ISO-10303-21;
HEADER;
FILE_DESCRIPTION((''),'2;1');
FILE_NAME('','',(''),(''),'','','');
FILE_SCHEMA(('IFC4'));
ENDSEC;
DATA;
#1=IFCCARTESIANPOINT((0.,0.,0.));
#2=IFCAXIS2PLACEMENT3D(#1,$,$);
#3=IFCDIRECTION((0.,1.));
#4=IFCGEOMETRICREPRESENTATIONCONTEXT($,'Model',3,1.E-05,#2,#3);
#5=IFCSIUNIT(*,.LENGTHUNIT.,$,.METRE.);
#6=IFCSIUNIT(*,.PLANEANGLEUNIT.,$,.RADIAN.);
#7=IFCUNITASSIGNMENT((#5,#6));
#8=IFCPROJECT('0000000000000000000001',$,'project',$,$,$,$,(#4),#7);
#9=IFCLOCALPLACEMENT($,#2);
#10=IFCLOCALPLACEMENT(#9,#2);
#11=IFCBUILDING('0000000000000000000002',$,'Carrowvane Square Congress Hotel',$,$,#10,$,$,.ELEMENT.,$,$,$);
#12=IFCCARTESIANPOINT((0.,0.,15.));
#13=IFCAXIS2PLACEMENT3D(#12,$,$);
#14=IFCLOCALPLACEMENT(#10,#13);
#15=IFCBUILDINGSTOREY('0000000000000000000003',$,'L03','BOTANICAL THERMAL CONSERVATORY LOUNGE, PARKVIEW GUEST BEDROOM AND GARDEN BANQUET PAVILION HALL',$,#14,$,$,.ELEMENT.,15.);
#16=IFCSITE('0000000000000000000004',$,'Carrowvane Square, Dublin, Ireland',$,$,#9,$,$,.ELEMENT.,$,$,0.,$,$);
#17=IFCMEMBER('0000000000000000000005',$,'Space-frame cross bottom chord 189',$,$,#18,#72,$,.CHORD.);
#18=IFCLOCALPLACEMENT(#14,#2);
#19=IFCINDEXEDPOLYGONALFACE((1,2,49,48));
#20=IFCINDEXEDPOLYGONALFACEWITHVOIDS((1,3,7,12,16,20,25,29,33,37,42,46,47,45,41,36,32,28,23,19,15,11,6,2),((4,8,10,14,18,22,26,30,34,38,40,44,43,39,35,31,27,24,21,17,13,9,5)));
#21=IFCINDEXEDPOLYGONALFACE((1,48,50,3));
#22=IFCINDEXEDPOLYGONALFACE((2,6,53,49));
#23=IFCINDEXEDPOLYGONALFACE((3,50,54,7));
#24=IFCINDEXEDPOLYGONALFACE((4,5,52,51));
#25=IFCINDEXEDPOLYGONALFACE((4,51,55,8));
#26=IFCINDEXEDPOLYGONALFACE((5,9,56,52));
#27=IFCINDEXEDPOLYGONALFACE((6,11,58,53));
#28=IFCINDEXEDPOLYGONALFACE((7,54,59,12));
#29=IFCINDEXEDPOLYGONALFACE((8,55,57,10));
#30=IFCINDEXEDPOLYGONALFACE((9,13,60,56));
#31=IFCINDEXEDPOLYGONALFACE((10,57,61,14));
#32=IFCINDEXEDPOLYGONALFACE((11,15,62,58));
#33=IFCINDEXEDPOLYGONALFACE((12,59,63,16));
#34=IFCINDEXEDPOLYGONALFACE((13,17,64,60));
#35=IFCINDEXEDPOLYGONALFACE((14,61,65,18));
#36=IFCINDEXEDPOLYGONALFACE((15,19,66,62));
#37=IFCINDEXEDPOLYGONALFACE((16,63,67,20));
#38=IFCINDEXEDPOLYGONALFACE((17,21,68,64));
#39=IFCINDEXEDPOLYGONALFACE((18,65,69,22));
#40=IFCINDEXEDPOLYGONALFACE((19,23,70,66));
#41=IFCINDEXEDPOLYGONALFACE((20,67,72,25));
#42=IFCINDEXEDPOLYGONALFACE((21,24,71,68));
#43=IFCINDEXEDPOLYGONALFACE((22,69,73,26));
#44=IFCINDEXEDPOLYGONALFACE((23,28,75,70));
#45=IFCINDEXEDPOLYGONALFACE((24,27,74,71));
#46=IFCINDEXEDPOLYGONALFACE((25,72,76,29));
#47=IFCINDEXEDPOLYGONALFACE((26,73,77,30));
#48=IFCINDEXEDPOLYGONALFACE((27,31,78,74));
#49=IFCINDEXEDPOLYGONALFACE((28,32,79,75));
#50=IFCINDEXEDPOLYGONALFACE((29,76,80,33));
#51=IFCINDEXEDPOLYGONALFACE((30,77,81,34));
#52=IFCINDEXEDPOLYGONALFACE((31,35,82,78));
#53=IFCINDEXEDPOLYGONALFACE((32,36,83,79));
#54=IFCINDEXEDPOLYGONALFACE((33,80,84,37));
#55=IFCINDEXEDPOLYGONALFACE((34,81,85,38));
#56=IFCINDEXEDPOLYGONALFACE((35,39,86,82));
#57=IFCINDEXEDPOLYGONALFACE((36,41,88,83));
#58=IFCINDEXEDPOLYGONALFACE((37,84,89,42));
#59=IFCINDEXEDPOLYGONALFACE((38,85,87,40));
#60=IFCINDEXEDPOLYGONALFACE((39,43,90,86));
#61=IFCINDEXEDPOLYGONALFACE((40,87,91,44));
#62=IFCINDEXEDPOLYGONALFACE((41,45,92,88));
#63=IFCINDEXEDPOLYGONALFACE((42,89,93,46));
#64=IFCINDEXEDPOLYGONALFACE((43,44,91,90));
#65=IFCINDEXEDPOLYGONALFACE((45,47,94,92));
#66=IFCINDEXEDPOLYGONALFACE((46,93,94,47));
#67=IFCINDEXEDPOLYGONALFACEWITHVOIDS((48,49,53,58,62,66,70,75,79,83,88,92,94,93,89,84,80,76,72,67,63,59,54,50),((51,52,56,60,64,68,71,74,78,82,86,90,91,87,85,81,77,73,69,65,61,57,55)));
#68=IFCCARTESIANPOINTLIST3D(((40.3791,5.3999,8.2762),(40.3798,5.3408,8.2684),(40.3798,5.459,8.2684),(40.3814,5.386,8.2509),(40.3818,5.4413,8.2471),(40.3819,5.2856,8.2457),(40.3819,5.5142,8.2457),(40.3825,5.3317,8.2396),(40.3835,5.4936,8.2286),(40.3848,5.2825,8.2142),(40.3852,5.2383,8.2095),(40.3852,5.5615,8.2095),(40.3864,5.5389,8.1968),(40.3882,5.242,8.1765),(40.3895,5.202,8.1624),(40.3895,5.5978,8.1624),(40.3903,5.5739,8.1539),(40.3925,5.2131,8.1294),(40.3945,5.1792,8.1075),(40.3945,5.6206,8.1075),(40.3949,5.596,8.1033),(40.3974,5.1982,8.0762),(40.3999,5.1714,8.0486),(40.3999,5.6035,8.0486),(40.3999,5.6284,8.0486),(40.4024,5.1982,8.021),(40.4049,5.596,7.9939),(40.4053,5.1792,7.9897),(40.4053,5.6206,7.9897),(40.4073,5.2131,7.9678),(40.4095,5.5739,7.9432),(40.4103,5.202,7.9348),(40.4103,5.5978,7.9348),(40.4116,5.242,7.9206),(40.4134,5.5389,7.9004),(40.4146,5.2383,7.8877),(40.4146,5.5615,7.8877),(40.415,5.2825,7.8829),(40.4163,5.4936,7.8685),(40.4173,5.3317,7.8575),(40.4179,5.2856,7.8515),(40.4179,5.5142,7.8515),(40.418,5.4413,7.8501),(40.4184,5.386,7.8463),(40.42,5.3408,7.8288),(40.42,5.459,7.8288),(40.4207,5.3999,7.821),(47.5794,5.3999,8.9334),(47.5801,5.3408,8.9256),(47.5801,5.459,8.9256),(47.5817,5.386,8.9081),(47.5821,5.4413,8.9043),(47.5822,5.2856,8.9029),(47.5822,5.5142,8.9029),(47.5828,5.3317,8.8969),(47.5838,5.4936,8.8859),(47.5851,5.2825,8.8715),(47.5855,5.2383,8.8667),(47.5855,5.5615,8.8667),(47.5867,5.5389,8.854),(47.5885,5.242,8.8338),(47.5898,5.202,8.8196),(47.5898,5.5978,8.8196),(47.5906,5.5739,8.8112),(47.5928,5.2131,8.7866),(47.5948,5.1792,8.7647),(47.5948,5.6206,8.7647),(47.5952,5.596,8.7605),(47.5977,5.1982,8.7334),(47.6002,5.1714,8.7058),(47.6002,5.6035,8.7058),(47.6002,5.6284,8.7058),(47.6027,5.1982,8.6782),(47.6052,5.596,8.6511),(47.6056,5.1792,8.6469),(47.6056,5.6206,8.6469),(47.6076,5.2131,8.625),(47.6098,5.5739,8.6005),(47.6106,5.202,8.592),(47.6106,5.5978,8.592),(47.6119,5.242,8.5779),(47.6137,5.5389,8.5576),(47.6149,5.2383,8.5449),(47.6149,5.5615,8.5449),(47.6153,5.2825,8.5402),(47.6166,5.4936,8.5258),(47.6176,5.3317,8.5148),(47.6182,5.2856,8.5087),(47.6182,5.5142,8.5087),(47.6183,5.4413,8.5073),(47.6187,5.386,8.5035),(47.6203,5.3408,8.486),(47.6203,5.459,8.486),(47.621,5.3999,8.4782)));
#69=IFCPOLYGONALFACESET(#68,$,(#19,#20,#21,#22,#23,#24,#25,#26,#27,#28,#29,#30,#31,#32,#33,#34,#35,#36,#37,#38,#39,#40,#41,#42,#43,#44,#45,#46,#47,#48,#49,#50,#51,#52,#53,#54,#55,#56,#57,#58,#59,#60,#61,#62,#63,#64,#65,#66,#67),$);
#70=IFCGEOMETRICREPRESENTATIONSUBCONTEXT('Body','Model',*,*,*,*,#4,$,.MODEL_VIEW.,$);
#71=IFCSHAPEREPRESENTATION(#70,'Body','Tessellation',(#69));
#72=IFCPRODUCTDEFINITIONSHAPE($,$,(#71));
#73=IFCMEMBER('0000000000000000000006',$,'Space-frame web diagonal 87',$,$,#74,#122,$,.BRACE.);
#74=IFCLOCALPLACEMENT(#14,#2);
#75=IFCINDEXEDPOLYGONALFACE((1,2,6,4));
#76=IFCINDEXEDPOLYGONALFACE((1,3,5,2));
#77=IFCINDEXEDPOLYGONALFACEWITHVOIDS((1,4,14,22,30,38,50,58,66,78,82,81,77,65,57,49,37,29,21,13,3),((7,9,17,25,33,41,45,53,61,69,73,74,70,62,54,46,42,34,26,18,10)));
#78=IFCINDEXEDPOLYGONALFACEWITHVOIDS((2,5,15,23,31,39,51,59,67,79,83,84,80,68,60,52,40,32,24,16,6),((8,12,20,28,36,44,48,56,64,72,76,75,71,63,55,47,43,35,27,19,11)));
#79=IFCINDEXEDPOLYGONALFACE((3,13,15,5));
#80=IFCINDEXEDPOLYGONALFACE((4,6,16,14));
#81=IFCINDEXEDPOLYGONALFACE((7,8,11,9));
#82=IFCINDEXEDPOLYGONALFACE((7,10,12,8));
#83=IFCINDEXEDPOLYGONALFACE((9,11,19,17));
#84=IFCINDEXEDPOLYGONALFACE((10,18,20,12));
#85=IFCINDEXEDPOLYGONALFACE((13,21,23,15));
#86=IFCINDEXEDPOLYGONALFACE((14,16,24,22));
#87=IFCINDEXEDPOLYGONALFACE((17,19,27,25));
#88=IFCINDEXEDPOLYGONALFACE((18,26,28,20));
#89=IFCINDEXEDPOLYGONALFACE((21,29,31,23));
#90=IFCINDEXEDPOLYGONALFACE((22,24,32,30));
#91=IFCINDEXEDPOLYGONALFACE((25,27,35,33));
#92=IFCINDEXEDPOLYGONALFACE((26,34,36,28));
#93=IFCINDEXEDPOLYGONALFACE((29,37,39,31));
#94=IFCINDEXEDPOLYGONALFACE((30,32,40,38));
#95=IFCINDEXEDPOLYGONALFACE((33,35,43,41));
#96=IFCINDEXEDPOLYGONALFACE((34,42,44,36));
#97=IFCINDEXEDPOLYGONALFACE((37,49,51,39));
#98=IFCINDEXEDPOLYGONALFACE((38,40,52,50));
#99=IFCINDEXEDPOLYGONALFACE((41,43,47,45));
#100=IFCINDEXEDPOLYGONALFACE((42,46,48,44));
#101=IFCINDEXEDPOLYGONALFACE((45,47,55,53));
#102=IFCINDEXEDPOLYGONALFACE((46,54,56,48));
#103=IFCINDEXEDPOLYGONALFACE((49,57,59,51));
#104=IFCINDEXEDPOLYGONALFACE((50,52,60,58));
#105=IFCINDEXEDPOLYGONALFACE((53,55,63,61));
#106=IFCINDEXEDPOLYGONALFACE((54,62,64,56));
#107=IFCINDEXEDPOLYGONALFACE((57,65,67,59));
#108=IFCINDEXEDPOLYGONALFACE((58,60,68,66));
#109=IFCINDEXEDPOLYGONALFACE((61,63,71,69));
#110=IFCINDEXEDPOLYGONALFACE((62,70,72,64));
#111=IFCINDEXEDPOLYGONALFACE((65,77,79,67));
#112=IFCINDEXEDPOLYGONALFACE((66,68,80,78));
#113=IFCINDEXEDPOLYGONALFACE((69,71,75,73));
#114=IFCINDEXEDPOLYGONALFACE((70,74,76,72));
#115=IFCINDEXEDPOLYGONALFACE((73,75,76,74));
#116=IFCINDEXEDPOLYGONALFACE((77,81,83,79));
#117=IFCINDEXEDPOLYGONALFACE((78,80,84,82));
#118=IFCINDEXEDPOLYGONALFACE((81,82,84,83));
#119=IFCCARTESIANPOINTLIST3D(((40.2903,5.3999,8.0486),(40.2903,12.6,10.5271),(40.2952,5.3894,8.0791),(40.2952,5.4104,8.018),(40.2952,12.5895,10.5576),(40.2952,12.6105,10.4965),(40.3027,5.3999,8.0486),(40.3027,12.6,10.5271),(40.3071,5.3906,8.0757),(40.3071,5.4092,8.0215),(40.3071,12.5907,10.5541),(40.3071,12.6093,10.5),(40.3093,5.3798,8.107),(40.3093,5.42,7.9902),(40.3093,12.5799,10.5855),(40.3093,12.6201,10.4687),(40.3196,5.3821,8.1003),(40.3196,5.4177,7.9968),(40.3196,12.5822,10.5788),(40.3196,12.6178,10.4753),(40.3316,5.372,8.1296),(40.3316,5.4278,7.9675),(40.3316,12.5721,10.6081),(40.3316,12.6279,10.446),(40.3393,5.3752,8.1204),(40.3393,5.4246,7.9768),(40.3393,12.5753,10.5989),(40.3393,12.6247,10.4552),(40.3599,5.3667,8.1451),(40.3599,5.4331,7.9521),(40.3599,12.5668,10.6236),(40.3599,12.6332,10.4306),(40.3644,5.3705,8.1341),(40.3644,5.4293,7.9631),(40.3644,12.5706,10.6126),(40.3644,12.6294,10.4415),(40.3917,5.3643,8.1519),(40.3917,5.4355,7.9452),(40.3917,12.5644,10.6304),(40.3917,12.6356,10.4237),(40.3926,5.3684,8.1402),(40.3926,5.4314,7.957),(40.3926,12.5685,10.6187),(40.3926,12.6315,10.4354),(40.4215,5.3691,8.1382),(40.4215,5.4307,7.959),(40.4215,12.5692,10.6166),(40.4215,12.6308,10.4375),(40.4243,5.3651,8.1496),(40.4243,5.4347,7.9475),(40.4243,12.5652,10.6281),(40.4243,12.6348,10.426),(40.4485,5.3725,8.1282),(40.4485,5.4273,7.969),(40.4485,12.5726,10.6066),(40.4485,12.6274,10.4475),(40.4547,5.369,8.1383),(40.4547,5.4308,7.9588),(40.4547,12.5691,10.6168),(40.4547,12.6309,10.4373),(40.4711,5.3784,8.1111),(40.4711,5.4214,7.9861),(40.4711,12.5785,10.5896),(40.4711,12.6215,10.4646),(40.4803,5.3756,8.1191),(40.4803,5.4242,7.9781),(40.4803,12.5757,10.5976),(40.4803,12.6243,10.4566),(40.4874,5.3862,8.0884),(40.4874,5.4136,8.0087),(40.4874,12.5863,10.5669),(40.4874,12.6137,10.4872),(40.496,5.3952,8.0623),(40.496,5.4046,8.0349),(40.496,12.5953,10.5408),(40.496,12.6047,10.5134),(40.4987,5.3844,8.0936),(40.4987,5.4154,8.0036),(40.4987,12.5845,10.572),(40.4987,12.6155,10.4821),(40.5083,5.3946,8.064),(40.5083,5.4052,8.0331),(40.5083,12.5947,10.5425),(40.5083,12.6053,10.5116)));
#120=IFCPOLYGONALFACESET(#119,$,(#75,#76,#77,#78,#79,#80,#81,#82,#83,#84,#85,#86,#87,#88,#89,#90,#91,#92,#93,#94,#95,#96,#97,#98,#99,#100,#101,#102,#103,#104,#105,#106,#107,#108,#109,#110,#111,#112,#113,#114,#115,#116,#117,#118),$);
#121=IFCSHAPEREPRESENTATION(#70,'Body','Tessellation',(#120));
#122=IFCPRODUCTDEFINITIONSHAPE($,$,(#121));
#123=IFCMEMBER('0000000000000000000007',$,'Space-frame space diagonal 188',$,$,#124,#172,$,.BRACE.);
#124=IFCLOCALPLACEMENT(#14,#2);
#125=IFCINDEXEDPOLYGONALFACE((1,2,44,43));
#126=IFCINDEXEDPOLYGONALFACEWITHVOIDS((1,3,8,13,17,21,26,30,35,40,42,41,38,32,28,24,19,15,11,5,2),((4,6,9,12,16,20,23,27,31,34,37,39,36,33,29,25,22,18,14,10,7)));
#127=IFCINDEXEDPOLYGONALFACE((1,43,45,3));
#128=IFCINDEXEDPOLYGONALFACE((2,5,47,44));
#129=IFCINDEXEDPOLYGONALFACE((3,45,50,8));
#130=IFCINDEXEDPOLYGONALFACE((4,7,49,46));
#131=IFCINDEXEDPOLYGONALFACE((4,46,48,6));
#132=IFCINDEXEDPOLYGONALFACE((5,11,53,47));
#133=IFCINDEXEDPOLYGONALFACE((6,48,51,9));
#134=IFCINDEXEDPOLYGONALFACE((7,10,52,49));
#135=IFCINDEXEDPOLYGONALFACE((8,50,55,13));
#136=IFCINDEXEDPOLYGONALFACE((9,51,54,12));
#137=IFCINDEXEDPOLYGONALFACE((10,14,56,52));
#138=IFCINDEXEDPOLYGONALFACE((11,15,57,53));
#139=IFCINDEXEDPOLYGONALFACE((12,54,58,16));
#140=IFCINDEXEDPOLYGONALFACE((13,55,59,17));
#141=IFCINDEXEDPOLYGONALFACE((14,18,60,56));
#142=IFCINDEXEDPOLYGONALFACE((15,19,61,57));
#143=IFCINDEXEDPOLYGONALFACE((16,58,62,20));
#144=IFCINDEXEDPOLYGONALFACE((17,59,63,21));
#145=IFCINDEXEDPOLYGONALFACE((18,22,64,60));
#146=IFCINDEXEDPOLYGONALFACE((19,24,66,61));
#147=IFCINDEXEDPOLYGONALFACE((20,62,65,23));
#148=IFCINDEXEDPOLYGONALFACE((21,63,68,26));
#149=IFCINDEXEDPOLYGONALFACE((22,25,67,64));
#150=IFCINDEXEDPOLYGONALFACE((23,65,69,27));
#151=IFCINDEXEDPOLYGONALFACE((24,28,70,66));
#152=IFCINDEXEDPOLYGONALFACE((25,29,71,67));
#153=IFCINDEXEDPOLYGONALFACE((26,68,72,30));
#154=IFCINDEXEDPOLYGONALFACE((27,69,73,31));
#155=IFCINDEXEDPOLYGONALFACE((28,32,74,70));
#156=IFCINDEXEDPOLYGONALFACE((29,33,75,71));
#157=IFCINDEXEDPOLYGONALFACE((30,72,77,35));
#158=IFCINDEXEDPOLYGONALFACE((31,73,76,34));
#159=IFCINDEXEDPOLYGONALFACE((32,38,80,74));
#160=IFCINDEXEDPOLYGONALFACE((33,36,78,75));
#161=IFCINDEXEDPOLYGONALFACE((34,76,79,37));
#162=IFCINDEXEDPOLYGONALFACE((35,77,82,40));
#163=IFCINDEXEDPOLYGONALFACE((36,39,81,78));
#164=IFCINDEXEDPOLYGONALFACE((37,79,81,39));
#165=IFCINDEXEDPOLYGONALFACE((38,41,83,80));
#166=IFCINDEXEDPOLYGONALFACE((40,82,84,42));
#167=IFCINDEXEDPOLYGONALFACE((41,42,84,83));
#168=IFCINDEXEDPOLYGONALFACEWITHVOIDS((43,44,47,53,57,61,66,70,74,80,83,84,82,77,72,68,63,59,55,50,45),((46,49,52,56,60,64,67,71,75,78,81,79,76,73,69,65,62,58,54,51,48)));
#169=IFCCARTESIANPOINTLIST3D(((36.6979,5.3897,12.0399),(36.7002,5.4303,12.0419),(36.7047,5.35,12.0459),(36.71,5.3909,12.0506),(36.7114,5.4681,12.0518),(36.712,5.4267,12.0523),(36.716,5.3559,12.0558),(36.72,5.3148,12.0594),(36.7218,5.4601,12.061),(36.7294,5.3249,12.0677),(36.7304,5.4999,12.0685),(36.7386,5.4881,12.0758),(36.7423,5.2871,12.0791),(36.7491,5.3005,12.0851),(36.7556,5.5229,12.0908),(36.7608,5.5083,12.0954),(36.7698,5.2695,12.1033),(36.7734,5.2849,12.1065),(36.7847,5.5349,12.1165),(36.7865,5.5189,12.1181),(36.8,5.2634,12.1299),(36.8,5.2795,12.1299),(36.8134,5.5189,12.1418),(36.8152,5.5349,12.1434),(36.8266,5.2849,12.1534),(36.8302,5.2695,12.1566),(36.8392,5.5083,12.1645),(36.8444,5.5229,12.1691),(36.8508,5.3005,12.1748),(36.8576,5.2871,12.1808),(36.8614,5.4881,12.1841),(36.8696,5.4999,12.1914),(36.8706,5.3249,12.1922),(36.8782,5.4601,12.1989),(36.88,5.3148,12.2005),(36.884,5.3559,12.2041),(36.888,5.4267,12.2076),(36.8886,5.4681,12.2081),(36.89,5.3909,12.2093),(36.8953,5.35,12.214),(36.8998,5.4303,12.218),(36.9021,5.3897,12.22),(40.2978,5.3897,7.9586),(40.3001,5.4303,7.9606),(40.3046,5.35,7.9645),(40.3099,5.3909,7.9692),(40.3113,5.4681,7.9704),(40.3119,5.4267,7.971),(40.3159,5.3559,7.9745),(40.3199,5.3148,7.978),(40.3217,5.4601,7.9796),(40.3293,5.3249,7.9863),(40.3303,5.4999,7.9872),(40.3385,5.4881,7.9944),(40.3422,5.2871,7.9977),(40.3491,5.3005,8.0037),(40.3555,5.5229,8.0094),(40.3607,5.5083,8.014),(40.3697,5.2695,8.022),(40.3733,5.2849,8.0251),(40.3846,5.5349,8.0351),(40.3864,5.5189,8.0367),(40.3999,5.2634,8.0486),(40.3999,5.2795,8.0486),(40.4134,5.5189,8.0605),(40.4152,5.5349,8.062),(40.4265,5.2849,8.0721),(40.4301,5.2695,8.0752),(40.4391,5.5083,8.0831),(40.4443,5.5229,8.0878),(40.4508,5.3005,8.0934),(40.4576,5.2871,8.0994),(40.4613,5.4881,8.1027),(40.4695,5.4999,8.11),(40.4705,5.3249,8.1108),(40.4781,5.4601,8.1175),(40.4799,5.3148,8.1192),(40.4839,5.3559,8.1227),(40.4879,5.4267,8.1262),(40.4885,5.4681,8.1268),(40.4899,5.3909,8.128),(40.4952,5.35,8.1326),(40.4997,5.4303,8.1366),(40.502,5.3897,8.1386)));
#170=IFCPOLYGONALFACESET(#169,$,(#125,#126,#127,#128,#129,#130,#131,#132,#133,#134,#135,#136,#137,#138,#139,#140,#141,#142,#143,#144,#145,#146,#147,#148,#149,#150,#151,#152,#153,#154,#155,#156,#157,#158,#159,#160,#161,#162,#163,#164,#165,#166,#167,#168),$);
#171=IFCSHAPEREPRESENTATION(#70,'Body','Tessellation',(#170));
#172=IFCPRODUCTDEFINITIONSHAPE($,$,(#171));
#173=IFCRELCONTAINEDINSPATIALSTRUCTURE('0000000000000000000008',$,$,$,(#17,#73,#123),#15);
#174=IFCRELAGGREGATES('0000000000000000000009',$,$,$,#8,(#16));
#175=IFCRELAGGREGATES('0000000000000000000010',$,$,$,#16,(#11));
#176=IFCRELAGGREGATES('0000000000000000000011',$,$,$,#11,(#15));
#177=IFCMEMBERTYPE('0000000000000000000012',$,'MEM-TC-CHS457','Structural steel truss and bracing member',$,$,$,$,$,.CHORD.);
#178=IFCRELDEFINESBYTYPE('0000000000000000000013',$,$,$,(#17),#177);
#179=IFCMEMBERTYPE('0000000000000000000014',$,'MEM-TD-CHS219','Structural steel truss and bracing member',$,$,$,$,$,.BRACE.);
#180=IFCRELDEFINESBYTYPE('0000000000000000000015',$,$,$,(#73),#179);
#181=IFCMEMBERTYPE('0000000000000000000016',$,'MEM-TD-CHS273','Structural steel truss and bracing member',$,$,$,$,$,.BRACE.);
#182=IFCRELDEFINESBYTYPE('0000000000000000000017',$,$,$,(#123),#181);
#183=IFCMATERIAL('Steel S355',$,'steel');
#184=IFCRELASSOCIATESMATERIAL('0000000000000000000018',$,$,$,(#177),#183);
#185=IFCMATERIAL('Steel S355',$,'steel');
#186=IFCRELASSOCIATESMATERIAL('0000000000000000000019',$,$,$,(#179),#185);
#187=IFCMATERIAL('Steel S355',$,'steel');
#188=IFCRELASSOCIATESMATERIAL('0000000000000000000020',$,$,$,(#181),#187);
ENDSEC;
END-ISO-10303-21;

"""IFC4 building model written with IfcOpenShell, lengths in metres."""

from ifc_helpers import new_model, si_unit, direction, frame, origin, origin_2d, place, context, subcontext, project, spatial, hollow_circle, extrude, material, material_profile, profile_set, type_object, element, save


model = new_model("IFC4")

# Units and contexts
model_context = context("Model", 3, precision=1e-05, world=origin(), true_north=direction((0.0, 1.0)))
body_context = subcontext(model_context, "Body", "Model", "MODEL_VIEW")
ifc_project = project(units=[si_unit("LENGTHUNIT", "METRE"), si_unit("PLANEANGLEUNIT", "RADIAN")], contexts=[model_context])

# Site, building, storey
site_placement = place(None, origin())
site = spatial("IfcSite", under=ifc_project, at=site_placement, Name="Carrowvane Square, Dublin, Ireland", CompositionType="ELEMENT", RefElevation=0.0)
building_placement = place(site_placement, origin())
building = spatial("IfcBuilding", under=site, at=building_placement, Name="Carrowvane Square Congress Hotel", CompositionType="ELEMENT")
storey_placement = place(building_placement, frame((0.0, 0.0, 15.0)))
storey = spatial("IfcBuildingStorey", under=building, at=storey_placement, Name="L03", Description="BOTANICAL THERMAL CONSERVATORY LOUNGE, PARKVIEW GUEST BEDROOM AND GARDEN BANQUET PAVILION HALL", CompositionType="ELEMENT", Elevation=15.0)

# Members
ifc_material_1 = material(Name="Steel S355", Category="steel")
ifc_material_profile_1 = material_profile(ifc_material_1, hollow_circle(Radius=0.2285, WallThickness=0.0249, at=origin_2d()), Name="CHS 457.0x25")
ifc_profile_set_1 = profile_set([ifc_material_profile_1], Name="Steel S355")
member_type_1 = type_object("IfcMemberType", Name="MEM-TC-CHS457", Description="Structural steel truss and bracing member", PredefinedType="CHORD", material=ifc_profile_set_1)
member_1_placement = place(storey_placement, frame((40.3999, 5.3999, 8.0486), z_axis=(0.99586, 0.0, 0.090901), x_axis=(0.0, 1.0, 0.0)))
element("IfcMember", 1, at=member_1_placement, inside=storey, type_object=member_type_1, Name="Space-frame cross bottom chord 189", PredefinedType="CHORD", context=body_context, shape_type="SweptSolid", body=[
    extrude(hollow_circle(Radius=0.2285, WallThickness=0.0249, at=origin_2d()), origin(), (0.0, 0.0, 1.0), 7.2302),
])
ifc_material_2 = material(Name="Steel S355", Category="steel")
ifc_material_profile_2 = material_profile(ifc_material_2, hollow_circle(Radius=0.1096, WallThickness=0.0125, at=origin_2d()), Name="CHS 219.1x12.5")
ifc_profile_set_2 = profile_set([ifc_material_profile_2], Name="Steel S355")
member_type_2 = type_object("IfcMemberType", Name="MEM-TD-CHS219", Description="Structural steel truss and bracing member", PredefinedType="BRACE", material=ifc_profile_set_2)
member_2_placement = place(storey_placement, frame((40.3999, 5.3999, 8.0486), z_axis=(0.0, 0.945547, 0.325485), x_axis=(-1.0, 0.0, 0.0)))
element("IfcMember", 2, at=member_2_placement, inside=storey, type_object=member_type_2, Name="Space-frame web diagonal 87", PredefinedType="BRACE", context=body_context, shape_type="SweptSolid", body=[
    extrude(hollow_circle(Radius=0.1096, WallThickness=0.0125, at=origin_2d()), origin(), (0.0, 0.0, 1.0), 7.6147),
])
ifc_material_3 = material(Name="Steel S355", Category="steel")
ifc_material_profile_3 = material_profile(ifc_material_3, hollow_circle(Radius=0.1365, WallThickness=0.0161, at=origin_2d()), Name="CHS 273.0x16")
ifc_profile_set_3 = profile_set([ifc_material_profile_3], Name="Steel S355")
member_type_3 = type_object("IfcMemberType", Name="MEM-TD-CHS273", Description="Structural steel truss and bracing member", PredefinedType="BRACE", material=ifc_profile_set_3)
member_3_placement = place(storey_placement, frame((40.3999, 5.3999, 8.0486), z_axis=(-0.661488, 0.0, 0.749956), x_axis=(0.0, -1.0, 0.0)))
element("IfcMember", 3, at=member_3_placement, inside=storey, type_object=member_type_3, Name="Space-frame space diagonal 188", PredefinedType="BRACE", context=body_context, shape_type="SweptSolid", body=[
    extrude(hollow_circle(Radius=0.1365, WallThickness=0.0161, at=origin_2d()), origin(), (0.0, 0.0, 1.0), 5.4421),
])

save(model, "model.ifc")
